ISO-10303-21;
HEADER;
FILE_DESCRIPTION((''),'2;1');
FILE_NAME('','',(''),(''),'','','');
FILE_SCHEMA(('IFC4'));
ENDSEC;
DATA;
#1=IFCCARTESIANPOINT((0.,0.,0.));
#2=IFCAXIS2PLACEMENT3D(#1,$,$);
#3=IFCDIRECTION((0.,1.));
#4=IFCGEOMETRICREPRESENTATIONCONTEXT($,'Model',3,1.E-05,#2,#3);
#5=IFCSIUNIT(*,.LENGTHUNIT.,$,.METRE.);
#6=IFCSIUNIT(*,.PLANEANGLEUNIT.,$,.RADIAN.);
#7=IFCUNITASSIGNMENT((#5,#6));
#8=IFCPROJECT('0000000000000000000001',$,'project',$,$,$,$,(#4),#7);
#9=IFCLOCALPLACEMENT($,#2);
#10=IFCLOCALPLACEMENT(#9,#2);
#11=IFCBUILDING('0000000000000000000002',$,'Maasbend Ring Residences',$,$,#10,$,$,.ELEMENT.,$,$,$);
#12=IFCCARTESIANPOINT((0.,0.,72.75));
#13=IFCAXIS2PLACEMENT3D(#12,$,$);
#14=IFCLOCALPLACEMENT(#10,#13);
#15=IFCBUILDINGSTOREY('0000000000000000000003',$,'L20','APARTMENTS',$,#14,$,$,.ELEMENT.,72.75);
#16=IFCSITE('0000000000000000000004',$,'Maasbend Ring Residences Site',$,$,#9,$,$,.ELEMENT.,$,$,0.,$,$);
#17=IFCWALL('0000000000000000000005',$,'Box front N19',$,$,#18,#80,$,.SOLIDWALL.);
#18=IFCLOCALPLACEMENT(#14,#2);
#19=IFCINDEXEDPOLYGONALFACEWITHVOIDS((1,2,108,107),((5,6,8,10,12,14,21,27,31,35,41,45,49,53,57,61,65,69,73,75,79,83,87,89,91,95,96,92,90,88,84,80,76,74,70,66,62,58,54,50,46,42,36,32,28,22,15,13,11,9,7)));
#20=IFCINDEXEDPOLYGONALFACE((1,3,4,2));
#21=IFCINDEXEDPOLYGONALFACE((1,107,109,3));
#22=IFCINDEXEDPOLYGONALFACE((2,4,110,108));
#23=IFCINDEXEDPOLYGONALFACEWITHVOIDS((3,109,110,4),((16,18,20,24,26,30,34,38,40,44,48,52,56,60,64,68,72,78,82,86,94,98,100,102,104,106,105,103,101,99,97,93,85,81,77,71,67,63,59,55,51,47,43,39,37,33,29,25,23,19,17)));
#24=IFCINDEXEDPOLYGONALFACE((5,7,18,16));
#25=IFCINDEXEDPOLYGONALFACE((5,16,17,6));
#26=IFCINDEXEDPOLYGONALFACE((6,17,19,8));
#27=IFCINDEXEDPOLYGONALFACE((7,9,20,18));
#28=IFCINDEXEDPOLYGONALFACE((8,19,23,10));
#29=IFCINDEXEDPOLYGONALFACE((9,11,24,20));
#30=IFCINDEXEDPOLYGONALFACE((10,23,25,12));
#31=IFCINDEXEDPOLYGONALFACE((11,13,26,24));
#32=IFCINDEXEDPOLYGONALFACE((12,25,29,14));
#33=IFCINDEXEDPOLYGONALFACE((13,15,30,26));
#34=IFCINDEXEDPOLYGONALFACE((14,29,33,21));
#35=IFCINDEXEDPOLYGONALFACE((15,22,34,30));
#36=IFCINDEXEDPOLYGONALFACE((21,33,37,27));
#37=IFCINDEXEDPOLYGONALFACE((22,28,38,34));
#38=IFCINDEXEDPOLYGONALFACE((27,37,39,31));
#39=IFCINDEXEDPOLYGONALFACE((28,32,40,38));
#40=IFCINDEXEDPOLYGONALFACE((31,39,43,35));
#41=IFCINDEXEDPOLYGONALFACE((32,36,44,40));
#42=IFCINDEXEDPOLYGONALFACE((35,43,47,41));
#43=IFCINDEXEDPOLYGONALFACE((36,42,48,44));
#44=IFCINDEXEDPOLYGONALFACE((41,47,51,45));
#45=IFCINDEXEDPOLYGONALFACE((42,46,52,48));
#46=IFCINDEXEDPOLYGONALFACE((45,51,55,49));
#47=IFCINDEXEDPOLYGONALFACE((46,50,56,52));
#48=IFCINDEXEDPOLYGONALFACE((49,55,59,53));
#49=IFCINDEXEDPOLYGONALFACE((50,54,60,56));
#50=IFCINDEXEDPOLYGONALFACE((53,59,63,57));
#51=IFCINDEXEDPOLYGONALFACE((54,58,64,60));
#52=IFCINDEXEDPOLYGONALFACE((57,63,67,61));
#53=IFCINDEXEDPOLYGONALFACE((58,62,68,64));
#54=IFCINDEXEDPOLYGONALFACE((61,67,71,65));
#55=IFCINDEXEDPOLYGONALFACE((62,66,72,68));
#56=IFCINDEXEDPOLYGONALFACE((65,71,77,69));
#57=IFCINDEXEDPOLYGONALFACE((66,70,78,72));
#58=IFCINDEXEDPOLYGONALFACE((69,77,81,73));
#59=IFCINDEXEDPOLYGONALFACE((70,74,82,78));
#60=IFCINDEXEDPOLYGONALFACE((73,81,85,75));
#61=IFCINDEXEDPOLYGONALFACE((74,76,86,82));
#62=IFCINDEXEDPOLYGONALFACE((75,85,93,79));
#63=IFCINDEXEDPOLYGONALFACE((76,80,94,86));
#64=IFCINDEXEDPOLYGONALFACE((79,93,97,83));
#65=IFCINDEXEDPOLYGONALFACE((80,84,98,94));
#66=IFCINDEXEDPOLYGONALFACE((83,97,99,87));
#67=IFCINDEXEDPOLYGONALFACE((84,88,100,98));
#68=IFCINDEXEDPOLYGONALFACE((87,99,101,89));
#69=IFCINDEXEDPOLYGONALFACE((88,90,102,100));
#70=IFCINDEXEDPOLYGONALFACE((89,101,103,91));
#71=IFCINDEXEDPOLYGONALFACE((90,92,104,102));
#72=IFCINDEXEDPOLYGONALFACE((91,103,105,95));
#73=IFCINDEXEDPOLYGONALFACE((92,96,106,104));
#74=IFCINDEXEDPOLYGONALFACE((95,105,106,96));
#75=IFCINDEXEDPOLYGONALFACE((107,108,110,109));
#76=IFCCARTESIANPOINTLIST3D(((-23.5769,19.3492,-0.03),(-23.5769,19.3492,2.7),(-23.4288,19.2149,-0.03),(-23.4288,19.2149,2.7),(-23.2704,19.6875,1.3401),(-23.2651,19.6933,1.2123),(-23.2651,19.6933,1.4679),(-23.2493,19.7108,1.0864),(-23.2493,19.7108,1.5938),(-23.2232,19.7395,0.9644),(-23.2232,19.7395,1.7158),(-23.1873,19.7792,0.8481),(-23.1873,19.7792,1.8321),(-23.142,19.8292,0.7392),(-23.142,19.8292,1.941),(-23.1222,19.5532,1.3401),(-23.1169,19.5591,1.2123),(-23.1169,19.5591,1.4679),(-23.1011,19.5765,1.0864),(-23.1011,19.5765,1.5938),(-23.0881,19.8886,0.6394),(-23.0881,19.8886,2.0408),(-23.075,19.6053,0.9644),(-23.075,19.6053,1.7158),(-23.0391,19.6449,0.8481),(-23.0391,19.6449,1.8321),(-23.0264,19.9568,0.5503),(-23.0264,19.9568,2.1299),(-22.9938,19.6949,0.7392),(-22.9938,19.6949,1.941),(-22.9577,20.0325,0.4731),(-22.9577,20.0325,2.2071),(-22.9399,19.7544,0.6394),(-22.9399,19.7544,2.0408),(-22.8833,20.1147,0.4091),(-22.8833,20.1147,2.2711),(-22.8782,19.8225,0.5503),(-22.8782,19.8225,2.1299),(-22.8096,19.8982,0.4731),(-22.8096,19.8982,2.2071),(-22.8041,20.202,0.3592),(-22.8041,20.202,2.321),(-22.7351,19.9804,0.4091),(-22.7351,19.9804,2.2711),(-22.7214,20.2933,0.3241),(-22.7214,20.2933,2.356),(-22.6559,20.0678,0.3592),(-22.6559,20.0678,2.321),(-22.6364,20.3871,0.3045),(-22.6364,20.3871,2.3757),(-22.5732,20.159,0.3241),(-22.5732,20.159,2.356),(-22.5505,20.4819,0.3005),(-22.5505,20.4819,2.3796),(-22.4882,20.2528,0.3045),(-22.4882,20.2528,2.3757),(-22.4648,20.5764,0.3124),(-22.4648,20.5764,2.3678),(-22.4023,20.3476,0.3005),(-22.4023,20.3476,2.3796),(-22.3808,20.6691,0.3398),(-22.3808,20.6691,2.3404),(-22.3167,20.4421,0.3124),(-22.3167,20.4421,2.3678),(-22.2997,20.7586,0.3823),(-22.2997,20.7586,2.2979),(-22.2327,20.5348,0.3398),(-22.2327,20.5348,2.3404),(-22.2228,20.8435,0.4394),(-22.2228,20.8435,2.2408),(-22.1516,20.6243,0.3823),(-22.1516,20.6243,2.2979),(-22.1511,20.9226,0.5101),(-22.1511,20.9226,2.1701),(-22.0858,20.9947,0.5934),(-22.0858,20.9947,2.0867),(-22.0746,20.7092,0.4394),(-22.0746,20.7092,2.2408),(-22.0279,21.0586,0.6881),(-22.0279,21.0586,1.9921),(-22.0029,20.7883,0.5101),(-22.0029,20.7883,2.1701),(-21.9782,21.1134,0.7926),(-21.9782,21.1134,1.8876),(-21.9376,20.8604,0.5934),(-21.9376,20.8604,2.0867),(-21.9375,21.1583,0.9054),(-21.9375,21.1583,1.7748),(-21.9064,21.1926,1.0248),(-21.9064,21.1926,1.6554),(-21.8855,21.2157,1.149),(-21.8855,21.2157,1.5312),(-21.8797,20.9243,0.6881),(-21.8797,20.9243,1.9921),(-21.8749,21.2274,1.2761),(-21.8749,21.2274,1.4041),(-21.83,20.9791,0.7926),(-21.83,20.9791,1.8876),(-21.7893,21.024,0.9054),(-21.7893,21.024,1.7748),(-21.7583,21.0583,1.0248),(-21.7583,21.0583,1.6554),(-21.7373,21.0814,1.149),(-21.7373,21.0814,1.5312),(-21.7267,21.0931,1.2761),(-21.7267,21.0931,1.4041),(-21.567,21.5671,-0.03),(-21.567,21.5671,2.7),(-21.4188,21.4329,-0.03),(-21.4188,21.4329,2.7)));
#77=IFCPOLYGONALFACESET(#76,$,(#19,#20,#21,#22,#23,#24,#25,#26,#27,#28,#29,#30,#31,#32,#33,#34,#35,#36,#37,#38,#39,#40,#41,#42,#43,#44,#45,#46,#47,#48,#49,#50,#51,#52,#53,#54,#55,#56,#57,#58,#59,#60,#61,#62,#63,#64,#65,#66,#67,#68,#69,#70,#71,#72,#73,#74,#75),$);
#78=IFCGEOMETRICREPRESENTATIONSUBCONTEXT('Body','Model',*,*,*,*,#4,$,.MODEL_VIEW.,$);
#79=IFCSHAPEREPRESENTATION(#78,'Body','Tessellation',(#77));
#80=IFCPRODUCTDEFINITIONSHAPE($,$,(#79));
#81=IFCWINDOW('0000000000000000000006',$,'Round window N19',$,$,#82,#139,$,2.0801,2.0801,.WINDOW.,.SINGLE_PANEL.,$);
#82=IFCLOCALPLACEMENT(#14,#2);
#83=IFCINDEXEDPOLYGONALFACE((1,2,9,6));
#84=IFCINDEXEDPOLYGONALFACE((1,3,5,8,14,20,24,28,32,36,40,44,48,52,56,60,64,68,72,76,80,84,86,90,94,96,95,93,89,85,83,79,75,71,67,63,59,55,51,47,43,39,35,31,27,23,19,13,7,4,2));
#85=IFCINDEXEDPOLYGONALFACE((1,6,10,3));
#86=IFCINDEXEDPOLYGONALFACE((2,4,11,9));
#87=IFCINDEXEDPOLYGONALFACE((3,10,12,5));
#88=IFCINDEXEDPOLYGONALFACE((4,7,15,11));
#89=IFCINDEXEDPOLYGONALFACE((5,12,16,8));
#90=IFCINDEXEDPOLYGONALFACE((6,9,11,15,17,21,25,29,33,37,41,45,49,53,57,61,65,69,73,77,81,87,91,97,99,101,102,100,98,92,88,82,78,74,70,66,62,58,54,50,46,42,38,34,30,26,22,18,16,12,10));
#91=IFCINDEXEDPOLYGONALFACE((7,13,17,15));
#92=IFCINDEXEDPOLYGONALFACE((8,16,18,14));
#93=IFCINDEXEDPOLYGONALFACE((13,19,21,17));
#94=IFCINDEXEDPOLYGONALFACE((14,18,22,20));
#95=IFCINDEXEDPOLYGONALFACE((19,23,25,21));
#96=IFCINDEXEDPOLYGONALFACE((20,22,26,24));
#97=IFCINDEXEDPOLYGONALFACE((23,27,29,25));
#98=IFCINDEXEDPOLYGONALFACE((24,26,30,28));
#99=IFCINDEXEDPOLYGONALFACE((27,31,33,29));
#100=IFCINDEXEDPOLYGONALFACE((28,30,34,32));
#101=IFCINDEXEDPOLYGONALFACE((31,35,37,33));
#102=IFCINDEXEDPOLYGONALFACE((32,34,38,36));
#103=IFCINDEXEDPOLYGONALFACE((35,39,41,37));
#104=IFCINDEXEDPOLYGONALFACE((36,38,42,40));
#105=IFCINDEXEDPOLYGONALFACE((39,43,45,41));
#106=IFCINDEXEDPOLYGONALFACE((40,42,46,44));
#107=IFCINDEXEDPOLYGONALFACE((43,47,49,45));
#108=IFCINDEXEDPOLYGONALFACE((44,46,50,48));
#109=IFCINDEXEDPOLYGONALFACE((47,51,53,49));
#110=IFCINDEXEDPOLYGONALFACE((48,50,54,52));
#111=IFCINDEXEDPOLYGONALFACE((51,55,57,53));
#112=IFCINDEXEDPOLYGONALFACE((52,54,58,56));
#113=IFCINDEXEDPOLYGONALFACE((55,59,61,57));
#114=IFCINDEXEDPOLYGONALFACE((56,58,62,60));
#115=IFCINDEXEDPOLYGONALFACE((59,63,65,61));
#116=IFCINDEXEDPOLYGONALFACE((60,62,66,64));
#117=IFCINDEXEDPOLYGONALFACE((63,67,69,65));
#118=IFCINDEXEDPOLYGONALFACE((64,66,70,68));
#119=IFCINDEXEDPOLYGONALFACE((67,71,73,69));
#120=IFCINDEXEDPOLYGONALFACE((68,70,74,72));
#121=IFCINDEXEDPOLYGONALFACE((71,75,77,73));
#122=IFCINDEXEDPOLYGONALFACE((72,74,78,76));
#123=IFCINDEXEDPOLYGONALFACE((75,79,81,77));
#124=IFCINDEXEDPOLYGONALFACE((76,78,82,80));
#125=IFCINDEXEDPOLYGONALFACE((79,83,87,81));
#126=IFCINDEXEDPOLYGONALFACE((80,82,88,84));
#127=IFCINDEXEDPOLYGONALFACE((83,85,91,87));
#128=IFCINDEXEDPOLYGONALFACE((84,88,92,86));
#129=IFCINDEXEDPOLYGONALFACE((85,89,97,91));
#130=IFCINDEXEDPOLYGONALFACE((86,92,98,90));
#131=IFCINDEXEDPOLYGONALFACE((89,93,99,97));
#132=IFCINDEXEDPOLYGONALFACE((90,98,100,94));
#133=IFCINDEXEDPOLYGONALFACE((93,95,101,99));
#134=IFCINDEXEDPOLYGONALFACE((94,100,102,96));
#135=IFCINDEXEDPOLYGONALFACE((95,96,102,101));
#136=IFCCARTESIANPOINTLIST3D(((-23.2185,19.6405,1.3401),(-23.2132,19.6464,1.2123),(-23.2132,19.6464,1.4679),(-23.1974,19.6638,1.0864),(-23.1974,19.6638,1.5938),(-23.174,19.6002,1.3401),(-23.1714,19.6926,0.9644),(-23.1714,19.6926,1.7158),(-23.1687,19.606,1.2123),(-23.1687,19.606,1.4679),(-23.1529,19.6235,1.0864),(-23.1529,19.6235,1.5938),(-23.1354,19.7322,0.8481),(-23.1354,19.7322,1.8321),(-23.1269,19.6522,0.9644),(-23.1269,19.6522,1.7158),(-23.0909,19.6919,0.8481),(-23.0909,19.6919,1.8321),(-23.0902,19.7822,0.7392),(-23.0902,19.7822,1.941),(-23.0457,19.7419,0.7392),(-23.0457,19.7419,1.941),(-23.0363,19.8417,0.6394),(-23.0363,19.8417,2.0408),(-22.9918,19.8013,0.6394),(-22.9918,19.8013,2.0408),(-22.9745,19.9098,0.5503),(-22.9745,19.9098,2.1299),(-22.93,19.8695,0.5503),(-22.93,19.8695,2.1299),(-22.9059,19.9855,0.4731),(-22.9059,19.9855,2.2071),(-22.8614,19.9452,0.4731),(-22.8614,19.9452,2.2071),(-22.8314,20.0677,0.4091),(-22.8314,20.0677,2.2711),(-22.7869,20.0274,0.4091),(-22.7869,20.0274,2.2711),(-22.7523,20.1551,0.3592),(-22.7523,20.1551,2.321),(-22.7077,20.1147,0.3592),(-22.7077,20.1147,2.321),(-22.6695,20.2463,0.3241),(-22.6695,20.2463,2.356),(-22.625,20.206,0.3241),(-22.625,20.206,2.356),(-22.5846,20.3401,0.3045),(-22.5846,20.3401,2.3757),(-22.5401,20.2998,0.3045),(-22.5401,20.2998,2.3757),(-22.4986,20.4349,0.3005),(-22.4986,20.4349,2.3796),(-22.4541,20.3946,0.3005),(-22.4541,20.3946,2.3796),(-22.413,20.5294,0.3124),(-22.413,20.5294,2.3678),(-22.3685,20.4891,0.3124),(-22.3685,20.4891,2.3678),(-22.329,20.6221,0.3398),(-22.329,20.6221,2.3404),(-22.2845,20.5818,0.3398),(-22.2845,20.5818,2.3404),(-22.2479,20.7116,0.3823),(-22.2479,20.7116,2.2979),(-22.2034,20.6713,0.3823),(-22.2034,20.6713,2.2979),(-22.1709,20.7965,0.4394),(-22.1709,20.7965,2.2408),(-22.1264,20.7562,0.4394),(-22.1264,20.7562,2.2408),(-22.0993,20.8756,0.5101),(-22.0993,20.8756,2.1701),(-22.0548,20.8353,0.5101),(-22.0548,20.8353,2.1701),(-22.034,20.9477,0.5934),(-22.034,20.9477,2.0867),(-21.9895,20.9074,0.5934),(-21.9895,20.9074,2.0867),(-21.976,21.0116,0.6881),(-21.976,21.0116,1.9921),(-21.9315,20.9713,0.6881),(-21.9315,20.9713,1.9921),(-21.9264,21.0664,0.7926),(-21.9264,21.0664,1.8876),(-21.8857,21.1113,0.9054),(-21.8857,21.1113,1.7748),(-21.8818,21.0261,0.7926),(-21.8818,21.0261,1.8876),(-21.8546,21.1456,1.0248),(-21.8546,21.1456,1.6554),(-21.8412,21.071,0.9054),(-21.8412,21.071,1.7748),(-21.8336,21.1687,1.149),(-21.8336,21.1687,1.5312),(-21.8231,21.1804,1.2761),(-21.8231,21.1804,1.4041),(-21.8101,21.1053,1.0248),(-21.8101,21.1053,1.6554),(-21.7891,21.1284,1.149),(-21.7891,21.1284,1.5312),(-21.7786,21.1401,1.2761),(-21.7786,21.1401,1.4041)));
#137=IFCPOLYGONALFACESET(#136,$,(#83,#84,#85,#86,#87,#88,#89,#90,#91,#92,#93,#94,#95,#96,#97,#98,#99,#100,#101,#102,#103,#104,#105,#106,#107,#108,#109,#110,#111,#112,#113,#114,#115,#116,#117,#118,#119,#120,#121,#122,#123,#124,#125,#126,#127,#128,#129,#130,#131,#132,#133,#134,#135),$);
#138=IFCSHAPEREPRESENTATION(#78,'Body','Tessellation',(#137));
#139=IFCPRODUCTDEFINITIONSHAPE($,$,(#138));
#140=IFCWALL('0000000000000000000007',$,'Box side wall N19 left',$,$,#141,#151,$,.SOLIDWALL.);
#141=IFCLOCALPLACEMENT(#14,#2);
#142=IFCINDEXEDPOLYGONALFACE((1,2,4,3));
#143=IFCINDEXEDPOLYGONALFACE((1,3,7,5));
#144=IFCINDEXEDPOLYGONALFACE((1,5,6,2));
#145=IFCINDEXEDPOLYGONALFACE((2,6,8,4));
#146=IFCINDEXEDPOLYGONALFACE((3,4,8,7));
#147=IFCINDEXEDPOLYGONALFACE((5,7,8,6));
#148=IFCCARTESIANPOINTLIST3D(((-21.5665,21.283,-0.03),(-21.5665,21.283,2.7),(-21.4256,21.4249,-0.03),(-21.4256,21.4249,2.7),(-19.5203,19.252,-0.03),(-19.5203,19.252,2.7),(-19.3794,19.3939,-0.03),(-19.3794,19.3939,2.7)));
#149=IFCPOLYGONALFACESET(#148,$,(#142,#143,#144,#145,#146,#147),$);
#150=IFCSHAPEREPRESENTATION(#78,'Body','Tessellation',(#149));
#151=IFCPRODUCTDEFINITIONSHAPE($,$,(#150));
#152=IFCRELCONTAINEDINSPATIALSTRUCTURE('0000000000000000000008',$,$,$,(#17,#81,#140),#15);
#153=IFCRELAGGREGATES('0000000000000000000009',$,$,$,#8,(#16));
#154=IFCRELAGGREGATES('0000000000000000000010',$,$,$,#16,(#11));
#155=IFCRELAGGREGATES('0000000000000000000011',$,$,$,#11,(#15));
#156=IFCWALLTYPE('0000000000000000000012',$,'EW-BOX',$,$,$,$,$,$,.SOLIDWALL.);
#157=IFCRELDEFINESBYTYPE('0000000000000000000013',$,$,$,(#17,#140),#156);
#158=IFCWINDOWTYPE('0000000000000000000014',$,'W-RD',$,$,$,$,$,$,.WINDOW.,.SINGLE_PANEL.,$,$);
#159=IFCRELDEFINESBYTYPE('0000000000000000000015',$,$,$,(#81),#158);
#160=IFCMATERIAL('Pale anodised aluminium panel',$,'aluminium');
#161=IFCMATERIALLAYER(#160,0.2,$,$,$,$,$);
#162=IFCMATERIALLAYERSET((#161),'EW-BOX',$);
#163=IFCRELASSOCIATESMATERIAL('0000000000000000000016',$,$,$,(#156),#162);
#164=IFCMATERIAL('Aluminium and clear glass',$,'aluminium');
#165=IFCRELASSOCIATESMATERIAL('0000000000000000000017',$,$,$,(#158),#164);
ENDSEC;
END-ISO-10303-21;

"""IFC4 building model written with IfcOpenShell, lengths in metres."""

from ifc_helpers import new_model, si_unit, direction, frame, frame_2d, origin, place, context, subcontext, project, spatial, rectangle, circle, extrude, material, layer, layer_set, type_object, element, fill, save


model = new_model("IFC4")

# Units and contexts
model_context = context("Model", 3, precision=1e-05, world=origin(), true_north=direction((0.0, 1.0)))
body_context = subcontext(model_context, "Body", "Model", "MODEL_VIEW")
ifc_project = project(units=[si_unit("LENGTHUNIT", "METRE"), si_unit("PLANEANGLEUNIT", "RADIAN")], contexts=[model_context])

# Site, building, storey
site_placement = place(None, origin())
site = spatial("IfcSite", under=ifc_project, at=site_placement, Name="Maasbend Ring Residences Site", CompositionType="ELEMENT", RefElevation=0.0)
building_placement = place(site_placement, origin())
building = spatial("IfcBuilding", under=site, at=building_placement, Name="Maasbend Ring Residences", CompositionType="ELEMENT")
storey_placement = place(building_placement, frame((0.0, 0.0, 72.75)))
storey = spatial("IfcBuildingStorey", under=building, at=storey_placement, Name="L20", Description="APARTMENTS", CompositionType="ELEMENT", Elevation=72.75)

# Shared definitions
ifc_material_1 = material(Name="Pale anodised aluminium panel", Category="aluminium")
ifc_layer_1 = layer(ifc_material_1, 0.2)
ifc_layer_set_1 = layer_set([ifc_layer_1], Name="EW-BOX")
wall_type_1 = type_object("IfcWallType", Name="EW-BOX", PredefinedType="SOLIDWALL", material=ifc_layer_set_1)
ifc_material_2 = material(Name="Aluminium and clear glass", Category="aluminium")
window_type_1 = type_object("IfcWindowType", Name="W-RD", PartitioningType="SINGLE_PANEL", PredefinedType="WINDOW", material=ifc_material_2)

# Wall, opening, window
wall_1_placement = place(storey_placement, frame((-21.4929, 21.5, -0.03), z_axis=(0.0, 0.0, 1.0), x_axis=(-0.671507, -0.740998, 0.0)))
wall_1 = element("IfcWall", 1, at=wall_1_placement, inside=storey, type_object=wall_type_1, Name="Box front N19", PredefinedType="SOLIDWALL", context=body_context, shape_type="SweptSolid", body=[
    extrude(rectangle(XDim=2.9932, YDim=0.2, at=frame_2d((1.4966, 0.0))), origin(), (0.0, 0.0, 1.0), 2.73),
])
opening_1_placement = place(wall_1_placement, frame((0.4565, 0.0, 0.3301)))
opening_1 = element("IfcOpeningElement", 2, at=opening_1_placement, cuts=wall_1, PredefinedType="OPENING", context=body_context, shape_type="SweptSolid", body=[
    extrude(circle(Radius=1.04, at=frame_2d((1.04, 1.04))), frame((0.0, 0.1099, 0.0), z_axis=(0.0, -1.0, 0.0), x_axis=(1.0, 0.0, 0.0)), (0.0, 0.0, 1.0), 0.22),
])
window_1_placement = place(opening_1_placement, origin())
window_1 = element("IfcWindow", 3, at=window_1_placement, inside=storey, type_object=window_type_1, Name="Round window N19", OverallHeight=2.0801, OverallWidth=2.0801, PartitioningType="SINGLE_PANEL", PredefinedType="WINDOW", context=body_context, shape_type="SweptSolid", body=[
    extrude(circle(Radius=1.04, at=frame_2d((1.04, 1.04))), frame((0.0, 0.03, 0.0), z_axis=(0.0, -1.0, 0.0), x_axis=(1.0, 0.0, 0.0)), (0.0, 0.0, 1.0), 0.0601),
])
fill(opening_1, window_1)

# Wall
wall_2_placement = place(storey_placement, frame((-19.45, 19.323, -0.03), z_axis=(0.0, 0.0, 1.0), x_axis=(-0.709727, 0.704477, 0.0)))
element("IfcWall", 4, at=wall_2_placement, inside=storey, type_object=wall_type_1, Name="Box side wall N19 left", PredefinedType="SOLIDWALL", context=body_context, shape_type="SweptSolid", body=[
    extrude(rectangle(XDim=2.8831, YDim=0.2, at=frame_2d((1.4414, 0.0))), origin(), (0.0, 0.0, 1.0), 2.73),
])

save(model, "model.ifc")
